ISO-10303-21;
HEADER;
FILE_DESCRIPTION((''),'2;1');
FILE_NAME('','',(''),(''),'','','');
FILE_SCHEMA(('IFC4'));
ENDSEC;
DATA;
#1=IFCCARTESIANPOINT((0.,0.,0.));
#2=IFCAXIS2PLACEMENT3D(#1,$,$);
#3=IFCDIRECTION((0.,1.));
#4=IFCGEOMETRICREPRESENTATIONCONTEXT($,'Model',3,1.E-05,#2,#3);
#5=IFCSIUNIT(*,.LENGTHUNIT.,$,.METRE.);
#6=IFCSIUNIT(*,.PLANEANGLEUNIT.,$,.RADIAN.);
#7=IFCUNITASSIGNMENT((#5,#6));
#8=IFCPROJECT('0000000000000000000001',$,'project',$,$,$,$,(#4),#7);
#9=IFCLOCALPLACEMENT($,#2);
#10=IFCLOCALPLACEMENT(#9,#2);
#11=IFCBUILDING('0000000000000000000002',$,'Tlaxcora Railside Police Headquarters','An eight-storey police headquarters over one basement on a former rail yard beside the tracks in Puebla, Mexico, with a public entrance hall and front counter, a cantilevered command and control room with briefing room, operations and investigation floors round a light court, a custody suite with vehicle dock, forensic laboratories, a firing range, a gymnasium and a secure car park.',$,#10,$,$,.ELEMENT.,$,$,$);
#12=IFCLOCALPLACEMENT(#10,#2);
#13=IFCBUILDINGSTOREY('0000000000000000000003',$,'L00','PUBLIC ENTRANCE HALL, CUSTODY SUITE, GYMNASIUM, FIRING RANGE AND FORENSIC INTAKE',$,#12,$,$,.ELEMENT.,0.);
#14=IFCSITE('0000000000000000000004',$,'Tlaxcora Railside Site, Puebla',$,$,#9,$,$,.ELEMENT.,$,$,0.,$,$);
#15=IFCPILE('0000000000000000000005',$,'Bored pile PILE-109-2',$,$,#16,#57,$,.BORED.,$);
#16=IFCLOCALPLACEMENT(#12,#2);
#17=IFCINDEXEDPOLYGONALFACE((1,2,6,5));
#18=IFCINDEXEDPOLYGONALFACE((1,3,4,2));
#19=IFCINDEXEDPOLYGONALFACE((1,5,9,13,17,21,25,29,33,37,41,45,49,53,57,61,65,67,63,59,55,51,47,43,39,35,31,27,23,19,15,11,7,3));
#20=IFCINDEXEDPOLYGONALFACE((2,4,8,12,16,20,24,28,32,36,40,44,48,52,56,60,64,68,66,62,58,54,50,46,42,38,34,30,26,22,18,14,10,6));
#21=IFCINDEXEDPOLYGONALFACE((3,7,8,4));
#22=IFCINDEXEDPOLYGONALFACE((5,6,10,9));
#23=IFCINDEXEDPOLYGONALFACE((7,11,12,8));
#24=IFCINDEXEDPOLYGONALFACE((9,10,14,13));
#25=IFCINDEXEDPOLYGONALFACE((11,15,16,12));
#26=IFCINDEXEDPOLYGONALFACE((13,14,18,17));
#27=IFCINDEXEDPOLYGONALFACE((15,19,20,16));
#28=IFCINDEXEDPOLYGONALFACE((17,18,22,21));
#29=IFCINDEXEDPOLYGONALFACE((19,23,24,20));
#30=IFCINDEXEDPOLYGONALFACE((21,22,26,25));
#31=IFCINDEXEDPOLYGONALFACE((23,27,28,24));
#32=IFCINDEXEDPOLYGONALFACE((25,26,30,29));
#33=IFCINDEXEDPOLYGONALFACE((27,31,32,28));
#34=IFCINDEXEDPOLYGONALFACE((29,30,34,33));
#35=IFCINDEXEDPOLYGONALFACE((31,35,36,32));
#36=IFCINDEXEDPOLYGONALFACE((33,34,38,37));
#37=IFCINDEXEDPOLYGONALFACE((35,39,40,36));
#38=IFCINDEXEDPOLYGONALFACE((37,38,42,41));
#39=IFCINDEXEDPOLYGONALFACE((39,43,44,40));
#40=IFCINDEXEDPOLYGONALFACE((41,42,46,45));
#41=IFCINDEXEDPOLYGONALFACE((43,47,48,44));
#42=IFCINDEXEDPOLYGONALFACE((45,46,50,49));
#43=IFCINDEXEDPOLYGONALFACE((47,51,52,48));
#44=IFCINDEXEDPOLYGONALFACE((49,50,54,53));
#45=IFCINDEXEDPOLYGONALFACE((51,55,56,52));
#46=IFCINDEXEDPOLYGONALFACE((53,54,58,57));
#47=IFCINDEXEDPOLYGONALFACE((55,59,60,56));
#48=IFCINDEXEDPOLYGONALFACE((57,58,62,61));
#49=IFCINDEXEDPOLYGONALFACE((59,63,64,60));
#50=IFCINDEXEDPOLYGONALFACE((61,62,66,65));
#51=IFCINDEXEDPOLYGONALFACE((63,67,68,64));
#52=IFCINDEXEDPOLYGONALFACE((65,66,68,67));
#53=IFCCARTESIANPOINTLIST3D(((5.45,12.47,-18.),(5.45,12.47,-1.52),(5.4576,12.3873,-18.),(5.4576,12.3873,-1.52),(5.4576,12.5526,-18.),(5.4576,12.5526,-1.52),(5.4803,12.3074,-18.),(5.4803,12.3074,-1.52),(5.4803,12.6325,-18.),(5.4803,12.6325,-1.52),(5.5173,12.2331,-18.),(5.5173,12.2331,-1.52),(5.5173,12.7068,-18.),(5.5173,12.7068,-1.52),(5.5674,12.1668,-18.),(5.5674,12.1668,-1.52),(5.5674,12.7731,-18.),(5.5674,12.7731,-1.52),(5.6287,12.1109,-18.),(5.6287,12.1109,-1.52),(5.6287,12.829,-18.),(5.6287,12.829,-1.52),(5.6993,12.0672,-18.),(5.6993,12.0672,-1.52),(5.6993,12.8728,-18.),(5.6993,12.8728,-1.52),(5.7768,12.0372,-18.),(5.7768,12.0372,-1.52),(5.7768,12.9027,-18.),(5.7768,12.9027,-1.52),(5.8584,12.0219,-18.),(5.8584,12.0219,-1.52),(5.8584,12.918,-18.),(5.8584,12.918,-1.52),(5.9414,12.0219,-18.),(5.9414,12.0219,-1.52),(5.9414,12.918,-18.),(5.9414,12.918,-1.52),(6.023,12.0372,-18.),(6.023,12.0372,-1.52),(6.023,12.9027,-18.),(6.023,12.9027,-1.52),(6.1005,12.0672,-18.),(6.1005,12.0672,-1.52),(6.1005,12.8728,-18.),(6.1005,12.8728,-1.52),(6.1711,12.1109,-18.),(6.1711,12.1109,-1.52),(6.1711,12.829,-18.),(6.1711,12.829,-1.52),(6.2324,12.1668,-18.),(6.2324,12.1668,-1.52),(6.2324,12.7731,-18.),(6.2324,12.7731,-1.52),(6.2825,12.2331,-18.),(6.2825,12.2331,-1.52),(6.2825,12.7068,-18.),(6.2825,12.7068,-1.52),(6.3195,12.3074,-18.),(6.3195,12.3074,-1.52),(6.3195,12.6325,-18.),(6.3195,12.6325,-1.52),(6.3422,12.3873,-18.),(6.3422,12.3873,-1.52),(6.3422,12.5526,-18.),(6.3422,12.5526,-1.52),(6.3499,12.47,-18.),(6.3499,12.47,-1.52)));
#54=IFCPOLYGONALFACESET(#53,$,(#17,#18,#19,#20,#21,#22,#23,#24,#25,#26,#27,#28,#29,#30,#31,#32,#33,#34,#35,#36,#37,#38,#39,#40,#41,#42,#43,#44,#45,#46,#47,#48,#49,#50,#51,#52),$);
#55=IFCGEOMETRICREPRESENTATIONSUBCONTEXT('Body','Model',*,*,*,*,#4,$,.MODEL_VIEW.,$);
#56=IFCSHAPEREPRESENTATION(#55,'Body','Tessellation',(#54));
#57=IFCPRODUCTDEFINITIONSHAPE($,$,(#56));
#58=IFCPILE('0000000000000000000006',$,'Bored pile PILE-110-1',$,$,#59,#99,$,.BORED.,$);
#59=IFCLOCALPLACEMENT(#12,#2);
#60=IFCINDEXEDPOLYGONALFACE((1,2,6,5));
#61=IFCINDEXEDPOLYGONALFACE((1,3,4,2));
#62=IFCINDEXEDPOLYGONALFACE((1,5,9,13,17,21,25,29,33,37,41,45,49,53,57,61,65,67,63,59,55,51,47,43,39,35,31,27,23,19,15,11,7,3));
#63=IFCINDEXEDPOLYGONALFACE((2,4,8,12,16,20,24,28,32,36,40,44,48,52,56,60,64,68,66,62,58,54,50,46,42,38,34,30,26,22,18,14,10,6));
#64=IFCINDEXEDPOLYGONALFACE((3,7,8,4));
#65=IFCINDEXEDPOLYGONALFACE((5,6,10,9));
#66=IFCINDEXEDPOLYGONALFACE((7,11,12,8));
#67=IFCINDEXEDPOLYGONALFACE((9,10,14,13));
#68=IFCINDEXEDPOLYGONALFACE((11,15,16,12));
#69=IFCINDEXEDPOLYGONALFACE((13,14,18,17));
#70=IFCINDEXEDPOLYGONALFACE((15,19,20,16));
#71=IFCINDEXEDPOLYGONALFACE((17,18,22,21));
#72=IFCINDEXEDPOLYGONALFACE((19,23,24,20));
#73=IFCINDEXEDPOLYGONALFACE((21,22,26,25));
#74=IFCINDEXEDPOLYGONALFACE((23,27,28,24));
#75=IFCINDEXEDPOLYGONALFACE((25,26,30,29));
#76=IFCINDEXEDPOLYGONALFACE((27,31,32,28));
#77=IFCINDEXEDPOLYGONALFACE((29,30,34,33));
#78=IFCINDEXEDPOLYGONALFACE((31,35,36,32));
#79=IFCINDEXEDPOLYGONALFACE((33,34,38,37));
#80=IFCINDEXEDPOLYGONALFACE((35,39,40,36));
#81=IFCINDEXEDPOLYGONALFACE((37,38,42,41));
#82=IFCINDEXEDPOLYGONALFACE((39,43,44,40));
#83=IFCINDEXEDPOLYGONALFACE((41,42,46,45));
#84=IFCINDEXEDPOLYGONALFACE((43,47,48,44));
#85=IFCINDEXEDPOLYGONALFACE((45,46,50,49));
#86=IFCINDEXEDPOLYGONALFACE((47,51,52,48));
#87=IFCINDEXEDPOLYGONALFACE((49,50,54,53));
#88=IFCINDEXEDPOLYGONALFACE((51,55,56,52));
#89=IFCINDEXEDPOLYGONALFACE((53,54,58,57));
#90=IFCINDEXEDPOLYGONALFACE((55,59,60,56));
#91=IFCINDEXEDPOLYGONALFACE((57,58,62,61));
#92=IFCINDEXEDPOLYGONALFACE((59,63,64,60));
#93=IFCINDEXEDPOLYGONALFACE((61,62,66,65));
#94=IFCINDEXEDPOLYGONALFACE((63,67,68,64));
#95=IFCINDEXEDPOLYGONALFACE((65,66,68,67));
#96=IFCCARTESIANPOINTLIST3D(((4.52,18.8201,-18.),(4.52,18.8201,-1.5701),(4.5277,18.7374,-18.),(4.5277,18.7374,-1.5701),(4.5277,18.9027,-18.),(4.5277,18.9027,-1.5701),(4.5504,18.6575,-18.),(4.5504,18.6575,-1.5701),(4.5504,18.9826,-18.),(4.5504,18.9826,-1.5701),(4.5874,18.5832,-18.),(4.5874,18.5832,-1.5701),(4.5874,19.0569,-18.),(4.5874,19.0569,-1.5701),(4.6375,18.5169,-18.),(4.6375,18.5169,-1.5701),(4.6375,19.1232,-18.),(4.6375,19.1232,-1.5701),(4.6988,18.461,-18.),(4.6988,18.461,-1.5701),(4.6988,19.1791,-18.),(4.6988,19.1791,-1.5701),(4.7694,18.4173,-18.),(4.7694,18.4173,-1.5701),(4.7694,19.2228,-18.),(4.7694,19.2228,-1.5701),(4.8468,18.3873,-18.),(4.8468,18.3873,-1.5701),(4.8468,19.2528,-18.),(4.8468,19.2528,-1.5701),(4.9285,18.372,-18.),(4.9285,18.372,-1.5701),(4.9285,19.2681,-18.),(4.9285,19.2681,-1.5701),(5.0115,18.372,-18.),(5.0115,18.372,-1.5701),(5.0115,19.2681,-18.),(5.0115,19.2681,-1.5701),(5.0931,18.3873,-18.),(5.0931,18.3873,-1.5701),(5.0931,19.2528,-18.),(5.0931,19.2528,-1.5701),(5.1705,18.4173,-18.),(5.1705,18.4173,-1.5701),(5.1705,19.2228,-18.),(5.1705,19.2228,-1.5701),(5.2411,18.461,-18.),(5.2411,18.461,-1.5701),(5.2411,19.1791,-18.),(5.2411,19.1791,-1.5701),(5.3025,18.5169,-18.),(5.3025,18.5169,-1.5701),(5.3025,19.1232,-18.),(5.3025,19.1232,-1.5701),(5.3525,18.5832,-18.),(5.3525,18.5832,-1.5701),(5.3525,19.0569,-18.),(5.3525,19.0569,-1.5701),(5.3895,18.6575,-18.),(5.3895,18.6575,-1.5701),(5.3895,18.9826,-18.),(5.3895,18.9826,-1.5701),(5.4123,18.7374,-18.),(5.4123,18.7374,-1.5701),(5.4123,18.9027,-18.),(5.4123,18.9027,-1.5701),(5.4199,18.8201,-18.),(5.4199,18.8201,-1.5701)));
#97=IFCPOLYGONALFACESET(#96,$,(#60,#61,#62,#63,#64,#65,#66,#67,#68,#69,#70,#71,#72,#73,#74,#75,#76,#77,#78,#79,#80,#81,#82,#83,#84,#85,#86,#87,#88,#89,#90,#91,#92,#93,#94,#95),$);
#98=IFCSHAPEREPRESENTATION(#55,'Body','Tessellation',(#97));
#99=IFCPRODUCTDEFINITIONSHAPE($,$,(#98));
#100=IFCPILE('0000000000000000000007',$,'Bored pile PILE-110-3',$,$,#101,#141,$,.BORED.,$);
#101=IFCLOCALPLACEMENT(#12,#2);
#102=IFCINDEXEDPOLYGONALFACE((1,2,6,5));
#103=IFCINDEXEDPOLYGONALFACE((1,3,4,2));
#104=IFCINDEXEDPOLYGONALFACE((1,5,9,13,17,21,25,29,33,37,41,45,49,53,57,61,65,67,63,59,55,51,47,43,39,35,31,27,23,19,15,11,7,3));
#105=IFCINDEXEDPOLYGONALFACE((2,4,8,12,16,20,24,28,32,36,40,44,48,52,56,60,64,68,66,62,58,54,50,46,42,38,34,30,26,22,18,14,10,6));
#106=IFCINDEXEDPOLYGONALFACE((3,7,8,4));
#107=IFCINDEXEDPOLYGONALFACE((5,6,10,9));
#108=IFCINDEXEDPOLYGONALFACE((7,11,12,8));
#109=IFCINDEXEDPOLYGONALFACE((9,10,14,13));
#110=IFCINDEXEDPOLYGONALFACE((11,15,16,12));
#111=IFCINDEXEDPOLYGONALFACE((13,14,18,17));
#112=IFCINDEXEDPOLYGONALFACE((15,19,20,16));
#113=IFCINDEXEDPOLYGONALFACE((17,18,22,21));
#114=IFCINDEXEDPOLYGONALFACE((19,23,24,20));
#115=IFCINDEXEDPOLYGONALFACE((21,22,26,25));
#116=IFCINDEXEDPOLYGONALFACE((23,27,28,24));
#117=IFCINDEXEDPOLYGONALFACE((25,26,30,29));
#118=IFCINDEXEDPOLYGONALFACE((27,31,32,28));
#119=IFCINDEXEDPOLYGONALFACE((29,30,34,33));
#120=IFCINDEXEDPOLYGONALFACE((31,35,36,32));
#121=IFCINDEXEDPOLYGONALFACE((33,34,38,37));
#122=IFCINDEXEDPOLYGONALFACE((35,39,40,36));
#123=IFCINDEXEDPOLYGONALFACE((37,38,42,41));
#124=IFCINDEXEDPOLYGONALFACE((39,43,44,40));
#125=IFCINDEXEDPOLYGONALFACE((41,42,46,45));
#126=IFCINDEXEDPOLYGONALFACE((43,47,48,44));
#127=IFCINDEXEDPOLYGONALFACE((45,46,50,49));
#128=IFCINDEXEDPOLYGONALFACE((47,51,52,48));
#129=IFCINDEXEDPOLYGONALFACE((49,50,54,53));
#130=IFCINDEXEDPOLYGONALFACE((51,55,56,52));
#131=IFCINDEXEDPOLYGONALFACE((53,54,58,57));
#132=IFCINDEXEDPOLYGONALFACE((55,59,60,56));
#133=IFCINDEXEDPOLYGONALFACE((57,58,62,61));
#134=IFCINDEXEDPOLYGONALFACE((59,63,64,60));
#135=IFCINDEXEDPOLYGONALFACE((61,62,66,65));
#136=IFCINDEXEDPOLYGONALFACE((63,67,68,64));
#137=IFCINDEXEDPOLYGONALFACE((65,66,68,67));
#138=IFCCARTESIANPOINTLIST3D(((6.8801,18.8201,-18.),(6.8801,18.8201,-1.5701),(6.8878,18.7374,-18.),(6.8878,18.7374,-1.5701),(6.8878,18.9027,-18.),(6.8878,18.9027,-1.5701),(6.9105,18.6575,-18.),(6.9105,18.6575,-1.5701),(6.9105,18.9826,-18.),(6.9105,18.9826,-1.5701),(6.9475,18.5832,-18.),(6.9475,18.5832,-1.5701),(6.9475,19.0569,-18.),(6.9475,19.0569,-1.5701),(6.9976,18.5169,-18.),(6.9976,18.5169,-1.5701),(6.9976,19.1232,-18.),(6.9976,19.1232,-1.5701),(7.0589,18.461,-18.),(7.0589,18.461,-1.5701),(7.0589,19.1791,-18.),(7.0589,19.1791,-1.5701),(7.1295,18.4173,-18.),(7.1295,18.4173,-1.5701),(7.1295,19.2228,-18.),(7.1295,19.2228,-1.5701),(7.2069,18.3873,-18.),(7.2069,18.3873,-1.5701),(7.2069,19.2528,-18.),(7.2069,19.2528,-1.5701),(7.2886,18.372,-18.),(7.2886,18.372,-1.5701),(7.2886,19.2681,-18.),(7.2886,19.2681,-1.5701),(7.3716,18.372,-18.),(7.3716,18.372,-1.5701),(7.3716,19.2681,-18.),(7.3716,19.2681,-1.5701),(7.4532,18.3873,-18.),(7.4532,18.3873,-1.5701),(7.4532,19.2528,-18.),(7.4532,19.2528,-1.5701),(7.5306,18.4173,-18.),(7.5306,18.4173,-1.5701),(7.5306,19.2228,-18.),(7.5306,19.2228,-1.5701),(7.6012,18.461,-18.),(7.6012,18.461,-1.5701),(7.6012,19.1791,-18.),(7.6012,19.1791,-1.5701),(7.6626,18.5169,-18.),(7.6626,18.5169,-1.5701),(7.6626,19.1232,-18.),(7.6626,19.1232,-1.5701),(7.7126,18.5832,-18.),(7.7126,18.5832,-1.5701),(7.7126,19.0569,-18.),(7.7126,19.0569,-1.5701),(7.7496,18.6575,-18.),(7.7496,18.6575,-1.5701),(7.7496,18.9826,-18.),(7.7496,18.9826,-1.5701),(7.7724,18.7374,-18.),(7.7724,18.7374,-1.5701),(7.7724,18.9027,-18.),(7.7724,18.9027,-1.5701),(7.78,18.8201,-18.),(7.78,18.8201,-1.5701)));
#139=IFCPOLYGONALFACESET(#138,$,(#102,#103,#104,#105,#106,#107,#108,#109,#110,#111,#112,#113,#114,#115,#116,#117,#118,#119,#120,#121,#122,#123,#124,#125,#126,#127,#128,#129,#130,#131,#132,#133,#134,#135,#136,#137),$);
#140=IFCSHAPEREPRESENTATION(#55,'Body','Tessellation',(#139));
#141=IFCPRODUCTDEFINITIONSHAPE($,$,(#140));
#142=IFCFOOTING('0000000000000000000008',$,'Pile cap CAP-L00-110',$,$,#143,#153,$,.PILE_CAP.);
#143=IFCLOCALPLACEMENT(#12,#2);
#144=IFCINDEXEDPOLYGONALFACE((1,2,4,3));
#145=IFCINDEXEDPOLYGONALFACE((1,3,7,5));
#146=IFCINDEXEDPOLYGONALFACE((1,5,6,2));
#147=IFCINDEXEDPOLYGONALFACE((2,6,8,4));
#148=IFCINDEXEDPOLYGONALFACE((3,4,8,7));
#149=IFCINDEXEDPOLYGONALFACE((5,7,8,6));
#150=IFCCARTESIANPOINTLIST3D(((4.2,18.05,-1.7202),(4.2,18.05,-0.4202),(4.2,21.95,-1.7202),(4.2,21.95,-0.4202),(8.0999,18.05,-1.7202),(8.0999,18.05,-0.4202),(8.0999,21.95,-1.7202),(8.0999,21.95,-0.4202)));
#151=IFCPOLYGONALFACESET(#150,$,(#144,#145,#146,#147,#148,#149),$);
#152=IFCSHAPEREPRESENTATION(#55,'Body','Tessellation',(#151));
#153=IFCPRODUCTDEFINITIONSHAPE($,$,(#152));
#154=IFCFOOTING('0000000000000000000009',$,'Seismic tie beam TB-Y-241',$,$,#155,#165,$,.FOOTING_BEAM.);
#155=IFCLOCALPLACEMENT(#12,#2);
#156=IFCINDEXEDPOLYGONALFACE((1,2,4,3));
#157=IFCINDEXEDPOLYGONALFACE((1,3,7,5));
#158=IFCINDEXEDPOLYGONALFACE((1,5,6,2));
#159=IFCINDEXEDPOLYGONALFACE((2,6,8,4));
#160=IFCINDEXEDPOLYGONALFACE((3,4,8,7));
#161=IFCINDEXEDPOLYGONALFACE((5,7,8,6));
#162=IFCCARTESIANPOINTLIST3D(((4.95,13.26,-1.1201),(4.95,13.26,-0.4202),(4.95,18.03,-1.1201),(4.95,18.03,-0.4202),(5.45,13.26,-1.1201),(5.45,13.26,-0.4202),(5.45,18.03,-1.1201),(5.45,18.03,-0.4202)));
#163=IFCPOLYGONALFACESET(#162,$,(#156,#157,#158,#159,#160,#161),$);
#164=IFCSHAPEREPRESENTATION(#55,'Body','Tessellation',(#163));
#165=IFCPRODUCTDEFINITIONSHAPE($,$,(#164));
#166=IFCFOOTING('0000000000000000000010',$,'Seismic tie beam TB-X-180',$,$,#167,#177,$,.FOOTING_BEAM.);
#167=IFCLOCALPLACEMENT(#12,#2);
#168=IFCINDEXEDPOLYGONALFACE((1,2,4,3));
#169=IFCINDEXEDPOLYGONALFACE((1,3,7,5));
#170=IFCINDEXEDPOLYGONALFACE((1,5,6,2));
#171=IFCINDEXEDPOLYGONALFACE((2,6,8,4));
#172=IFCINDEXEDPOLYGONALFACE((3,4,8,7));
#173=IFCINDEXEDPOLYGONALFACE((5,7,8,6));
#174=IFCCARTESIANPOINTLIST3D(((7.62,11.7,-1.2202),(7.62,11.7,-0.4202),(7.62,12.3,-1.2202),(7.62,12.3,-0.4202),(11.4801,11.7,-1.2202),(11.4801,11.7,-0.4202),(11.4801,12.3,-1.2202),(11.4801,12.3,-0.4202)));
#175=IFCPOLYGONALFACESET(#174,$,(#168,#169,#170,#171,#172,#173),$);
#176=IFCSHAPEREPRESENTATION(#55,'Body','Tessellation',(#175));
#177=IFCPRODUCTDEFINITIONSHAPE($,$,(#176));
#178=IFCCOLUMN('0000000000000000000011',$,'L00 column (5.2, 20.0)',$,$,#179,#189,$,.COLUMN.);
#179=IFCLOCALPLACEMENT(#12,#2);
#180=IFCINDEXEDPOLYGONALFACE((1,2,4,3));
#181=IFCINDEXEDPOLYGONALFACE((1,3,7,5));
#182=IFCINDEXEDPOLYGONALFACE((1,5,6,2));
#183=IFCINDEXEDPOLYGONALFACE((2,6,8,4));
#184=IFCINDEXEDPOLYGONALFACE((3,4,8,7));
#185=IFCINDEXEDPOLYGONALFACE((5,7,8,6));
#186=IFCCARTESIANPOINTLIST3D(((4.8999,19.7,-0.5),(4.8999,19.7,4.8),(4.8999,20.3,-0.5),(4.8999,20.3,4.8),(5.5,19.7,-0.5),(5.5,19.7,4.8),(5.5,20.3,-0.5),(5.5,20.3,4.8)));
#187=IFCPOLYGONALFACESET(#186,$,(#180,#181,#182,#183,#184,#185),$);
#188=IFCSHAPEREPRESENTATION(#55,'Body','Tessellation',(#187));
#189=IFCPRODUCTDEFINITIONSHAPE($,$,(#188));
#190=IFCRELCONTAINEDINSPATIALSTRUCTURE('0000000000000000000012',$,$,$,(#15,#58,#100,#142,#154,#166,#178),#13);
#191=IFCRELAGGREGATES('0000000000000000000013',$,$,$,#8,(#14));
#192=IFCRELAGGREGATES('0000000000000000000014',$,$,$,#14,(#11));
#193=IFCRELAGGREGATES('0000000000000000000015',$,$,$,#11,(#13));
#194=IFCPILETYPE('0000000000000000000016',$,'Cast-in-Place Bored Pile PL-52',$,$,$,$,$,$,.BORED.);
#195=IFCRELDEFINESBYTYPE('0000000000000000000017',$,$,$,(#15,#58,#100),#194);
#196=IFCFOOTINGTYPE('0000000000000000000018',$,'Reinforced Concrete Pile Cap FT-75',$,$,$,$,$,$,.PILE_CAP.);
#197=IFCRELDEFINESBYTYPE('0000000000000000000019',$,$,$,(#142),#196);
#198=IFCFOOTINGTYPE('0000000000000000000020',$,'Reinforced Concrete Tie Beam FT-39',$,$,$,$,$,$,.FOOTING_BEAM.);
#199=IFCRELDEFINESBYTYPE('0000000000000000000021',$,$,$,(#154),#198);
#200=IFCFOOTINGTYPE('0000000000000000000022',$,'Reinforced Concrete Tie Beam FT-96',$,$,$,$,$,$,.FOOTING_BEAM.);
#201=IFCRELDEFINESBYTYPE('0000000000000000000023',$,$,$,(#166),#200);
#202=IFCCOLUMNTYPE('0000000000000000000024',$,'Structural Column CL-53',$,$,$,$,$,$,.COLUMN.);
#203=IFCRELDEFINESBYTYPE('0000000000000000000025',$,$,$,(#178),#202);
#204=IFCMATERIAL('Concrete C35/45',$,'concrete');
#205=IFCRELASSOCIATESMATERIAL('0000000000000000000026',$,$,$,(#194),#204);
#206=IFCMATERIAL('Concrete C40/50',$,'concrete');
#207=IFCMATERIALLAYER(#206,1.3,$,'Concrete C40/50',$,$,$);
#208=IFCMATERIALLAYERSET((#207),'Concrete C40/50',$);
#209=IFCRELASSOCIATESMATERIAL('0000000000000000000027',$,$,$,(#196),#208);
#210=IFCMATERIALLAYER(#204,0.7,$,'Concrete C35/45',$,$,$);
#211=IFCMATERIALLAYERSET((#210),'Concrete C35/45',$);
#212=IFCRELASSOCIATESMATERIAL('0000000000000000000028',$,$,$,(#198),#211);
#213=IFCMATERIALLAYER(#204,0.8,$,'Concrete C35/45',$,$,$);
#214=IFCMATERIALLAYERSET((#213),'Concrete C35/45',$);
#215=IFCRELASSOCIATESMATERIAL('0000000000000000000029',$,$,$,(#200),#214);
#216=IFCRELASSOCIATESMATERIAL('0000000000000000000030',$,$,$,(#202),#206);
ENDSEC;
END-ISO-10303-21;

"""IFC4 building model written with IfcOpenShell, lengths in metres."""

from ifc_helpers import new_model, si_unit, direction, frame, origin, origin_2d, place, context, subcontext, project, spatial, rectangle, circle, extrude, material, layer, layer_set, material_profile, profile_set, type_object, element, save


model = new_model("IFC4")

# Units and contexts
model_context = context("Model", 3, precision=1e-05, world=origin(), true_north=direction((0.0, 1.0)))
body_context = subcontext(model_context, "Body", "Model", "MODEL_VIEW")
ifc_project = project(units=[si_unit("LENGTHUNIT", "METRE"), si_unit("PLANEANGLEUNIT", "RADIAN")], contexts=[model_context])

# Site, building, storey
site_placement = place(None, origin())
site = spatial("IfcSite", under=ifc_project, at=site_placement, Name="Tlaxcora Railside Site, Puebla", CompositionType="ELEMENT", RefElevation=0.0)
building_placement = place(site_placement, origin())
building = spatial("IfcBuilding", under=site, at=building_placement, Name="Tlaxcora Railside Police Headquarters", Description="An eight-storey police headquarters over one basement on a former rail yard beside the tracks in Puebla, Mexico, with a public entrance hall and front counter, a cantilevered command and control room with briefing room, operations and investigation floors round a light court, a custody suite with vehicle dock, forensic laboratories, a firing range, a gymnasium and a secure car park.", CompositionType="ELEMENT")
storey_placement = place(building_placement, origin())
storey = spatial("IfcBuildingStorey", under=building, at=storey_placement, Name="L00", Description="PUBLIC ENTRANCE HALL, CUSTODY SUITE, GYMNASIUM, FIRING RANGE AND FORENSIC INTAKE", CompositionType="ELEMENT", Elevation=0.0)

# Piles
ifc_material_1 = material(Name="Concrete C35/45", Category="concrete")
ifc_material_profile_1 = material_profile(ifc_material_1, circle(Radius=0.45, at=origin_2d()), Name="PILE900")
ifc_profile_set_1 = profile_set([ifc_material_profile_1], Name="Concrete C35/45")
pile_type = type_object("IfcPileType", Name="Cast-in-Place Bored Pile PL-52", PredefinedType="BORED", material=ifc_profile_set_1)
pile_placement = place(storey_placement, frame((5.8999, 12.47, -1.52), z_axis=(0.0, 0.0, -1.0), x_axis=(1.0, 0.0, 0.0)))
element("IfcPile", 1, at=pile_placement, inside=storey, type_object=pile_type, Name="Bored pile PILE-109-2", PredefinedType="BORED", context=body_context, shape_type="SweptSolid", body=[
    extrude(circle(Radius=0.45, at=origin_2d()), origin(), (0.0, 0.0, 1.0), 16.48),
])
for number, where, z_axis, x_axis, name in (
    (2, (4.97, 18.8201, -1.5701), (0.0, 0.0, -1.0), (1.0, 0.0, 0.0), "Bored pile PILE-110-1"),
    (3, (7.3301, 18.8201, -1.5701), (0.0, 0.0, -1.0), (1.0, 0.0, 0.0), "Bored pile PILE-110-3"),
):
    element("IfcPile", number, at=place(storey_placement, frame(where, z_axis=z_axis, x_axis=x_axis)), inside=storey, type_object=pile_type, Name=name, PredefinedType="BORED", context=body_context, shape_type="SweptSolid", body=[
        extrude(circle(Radius=0.45, at=origin_2d()), origin(), (0.0, 0.0, 1.0), 16.4299),
    ])

# Footings
ifc_material_2 = material(Name="Concrete C40/50", Category="concrete")
ifc_layer_1 = layer(ifc_material_2, 1.3, Name="Concrete C40/50")
ifc_layer_set_1 = layer_set([ifc_layer_1], Name="Concrete C40/50")
footing_type_1 = type_object("IfcFootingType", Name="Reinforced Concrete Pile Cap FT-75", PredefinedType="PILE_CAP", material=ifc_layer_set_1)
footing_1_placement = place(storey_placement, frame((6.1499, 20.0, -1.7202), z_axis=(0.0, 0.0, 1.0), x_axis=(1.0, 0.0, 0.0)))
element("IfcFooting", 4, at=footing_1_placement, inside=storey, type_object=footing_type_1, Name="Pile cap CAP-L00-110", PredefinedType="PILE_CAP", context=body_context, shape_type="SweptSolid", body=[
    extrude(rectangle(XDim=3.8999, YDim=3.8999, at=origin_2d()), origin(), (0.0, 0.0, 1.0), 1.3),
])
ifc_layer_2 = layer(ifc_material_1, 0.7, Name="Concrete C35/45")
ifc_layer_set_2 = layer_set([ifc_layer_2], Name="Concrete C35/45")
footing_type_2 = type_object("IfcFootingType", Name="Reinforced Concrete Tie Beam FT-39", PredefinedType="FOOTING_BEAM", material=ifc_layer_set_2)
footing_2_placement = place(storey_placement, frame((5.2, 15.645, -1.1201), z_axis=(0.0, 0.0, 1.0), x_axis=(0.0, 1.0, 0.0)))
element("IfcFooting", 5, at=footing_2_placement, inside=storey, type_object=footing_type_2, Name="Seismic tie beam TB-Y-241", PredefinedType="FOOTING_BEAM", context=body_context, shape_type="SweptSolid", body=[
    extrude(rectangle(XDim=4.77, YDim=0.5, at=origin_2d()), origin(), (0.0, 0.0, 1.0), 0.7),
])
ifc_layer_3 = layer(ifc_material_1, 0.8, Name="Concrete C35/45")
ifc_layer_set_3 = layer_set([ifc_layer_3], Name="Concrete C35/45")
footing_type_3 = type_object("IfcFootingType", Name="Reinforced Concrete Tie Beam FT-96", PredefinedType="FOOTING_BEAM", material=ifc_layer_set_3)
footing_3_placement = place(storey_placement, frame((9.55, 12.0, -1.2202), z_axis=(0.0, 0.0, 1.0), x_axis=(1.0, 0.0, 0.0)))
element("IfcFooting", 6, at=footing_3_placement, inside=storey, type_object=footing_type_3, Name="Seismic tie beam TB-X-180", PredefinedType="FOOTING_BEAM", context=body_context, shape_type="SweptSolid", body=[
    extrude(rectangle(XDim=3.8601, YDim=0.6001, at=origin_2d()), origin(), (0.0, 0.0, 1.0), 0.8),
])

# Column
ifc_material_profile_2 = material_profile(ifc_material_2, rectangle(XDim=0.6001, YDim=0.6001, at=origin_2d()), Name="RC600X600")
ifc_profile_set_2 = profile_set([ifc_material_profile_2], Name="Concrete C40/50")
column_type = type_object("IfcColumnType", Name="Structural Column CL-53", PredefinedType="COLUMN", material=ifc_profile_set_2)
column_placement = place(storey_placement, frame((5.2, 20.0, -0.5), z_axis=(0.0, 0.0, 1.0), x_axis=(1.0, 0.0, 0.0)))
element("IfcColumn", 7, at=column_placement, inside=storey, type_object=column_type, Name="L00 column (5.2, 20.0)", PredefinedType="COLUMN", context=body_context, shape_type="SweptSolid", body=[
    extrude(rectangle(XDim=0.6001, YDim=0.6001, at=origin_2d()), origin(), (0.0, 0.0, 1.0), 5.3),
])

save(model, "model.ifc")
